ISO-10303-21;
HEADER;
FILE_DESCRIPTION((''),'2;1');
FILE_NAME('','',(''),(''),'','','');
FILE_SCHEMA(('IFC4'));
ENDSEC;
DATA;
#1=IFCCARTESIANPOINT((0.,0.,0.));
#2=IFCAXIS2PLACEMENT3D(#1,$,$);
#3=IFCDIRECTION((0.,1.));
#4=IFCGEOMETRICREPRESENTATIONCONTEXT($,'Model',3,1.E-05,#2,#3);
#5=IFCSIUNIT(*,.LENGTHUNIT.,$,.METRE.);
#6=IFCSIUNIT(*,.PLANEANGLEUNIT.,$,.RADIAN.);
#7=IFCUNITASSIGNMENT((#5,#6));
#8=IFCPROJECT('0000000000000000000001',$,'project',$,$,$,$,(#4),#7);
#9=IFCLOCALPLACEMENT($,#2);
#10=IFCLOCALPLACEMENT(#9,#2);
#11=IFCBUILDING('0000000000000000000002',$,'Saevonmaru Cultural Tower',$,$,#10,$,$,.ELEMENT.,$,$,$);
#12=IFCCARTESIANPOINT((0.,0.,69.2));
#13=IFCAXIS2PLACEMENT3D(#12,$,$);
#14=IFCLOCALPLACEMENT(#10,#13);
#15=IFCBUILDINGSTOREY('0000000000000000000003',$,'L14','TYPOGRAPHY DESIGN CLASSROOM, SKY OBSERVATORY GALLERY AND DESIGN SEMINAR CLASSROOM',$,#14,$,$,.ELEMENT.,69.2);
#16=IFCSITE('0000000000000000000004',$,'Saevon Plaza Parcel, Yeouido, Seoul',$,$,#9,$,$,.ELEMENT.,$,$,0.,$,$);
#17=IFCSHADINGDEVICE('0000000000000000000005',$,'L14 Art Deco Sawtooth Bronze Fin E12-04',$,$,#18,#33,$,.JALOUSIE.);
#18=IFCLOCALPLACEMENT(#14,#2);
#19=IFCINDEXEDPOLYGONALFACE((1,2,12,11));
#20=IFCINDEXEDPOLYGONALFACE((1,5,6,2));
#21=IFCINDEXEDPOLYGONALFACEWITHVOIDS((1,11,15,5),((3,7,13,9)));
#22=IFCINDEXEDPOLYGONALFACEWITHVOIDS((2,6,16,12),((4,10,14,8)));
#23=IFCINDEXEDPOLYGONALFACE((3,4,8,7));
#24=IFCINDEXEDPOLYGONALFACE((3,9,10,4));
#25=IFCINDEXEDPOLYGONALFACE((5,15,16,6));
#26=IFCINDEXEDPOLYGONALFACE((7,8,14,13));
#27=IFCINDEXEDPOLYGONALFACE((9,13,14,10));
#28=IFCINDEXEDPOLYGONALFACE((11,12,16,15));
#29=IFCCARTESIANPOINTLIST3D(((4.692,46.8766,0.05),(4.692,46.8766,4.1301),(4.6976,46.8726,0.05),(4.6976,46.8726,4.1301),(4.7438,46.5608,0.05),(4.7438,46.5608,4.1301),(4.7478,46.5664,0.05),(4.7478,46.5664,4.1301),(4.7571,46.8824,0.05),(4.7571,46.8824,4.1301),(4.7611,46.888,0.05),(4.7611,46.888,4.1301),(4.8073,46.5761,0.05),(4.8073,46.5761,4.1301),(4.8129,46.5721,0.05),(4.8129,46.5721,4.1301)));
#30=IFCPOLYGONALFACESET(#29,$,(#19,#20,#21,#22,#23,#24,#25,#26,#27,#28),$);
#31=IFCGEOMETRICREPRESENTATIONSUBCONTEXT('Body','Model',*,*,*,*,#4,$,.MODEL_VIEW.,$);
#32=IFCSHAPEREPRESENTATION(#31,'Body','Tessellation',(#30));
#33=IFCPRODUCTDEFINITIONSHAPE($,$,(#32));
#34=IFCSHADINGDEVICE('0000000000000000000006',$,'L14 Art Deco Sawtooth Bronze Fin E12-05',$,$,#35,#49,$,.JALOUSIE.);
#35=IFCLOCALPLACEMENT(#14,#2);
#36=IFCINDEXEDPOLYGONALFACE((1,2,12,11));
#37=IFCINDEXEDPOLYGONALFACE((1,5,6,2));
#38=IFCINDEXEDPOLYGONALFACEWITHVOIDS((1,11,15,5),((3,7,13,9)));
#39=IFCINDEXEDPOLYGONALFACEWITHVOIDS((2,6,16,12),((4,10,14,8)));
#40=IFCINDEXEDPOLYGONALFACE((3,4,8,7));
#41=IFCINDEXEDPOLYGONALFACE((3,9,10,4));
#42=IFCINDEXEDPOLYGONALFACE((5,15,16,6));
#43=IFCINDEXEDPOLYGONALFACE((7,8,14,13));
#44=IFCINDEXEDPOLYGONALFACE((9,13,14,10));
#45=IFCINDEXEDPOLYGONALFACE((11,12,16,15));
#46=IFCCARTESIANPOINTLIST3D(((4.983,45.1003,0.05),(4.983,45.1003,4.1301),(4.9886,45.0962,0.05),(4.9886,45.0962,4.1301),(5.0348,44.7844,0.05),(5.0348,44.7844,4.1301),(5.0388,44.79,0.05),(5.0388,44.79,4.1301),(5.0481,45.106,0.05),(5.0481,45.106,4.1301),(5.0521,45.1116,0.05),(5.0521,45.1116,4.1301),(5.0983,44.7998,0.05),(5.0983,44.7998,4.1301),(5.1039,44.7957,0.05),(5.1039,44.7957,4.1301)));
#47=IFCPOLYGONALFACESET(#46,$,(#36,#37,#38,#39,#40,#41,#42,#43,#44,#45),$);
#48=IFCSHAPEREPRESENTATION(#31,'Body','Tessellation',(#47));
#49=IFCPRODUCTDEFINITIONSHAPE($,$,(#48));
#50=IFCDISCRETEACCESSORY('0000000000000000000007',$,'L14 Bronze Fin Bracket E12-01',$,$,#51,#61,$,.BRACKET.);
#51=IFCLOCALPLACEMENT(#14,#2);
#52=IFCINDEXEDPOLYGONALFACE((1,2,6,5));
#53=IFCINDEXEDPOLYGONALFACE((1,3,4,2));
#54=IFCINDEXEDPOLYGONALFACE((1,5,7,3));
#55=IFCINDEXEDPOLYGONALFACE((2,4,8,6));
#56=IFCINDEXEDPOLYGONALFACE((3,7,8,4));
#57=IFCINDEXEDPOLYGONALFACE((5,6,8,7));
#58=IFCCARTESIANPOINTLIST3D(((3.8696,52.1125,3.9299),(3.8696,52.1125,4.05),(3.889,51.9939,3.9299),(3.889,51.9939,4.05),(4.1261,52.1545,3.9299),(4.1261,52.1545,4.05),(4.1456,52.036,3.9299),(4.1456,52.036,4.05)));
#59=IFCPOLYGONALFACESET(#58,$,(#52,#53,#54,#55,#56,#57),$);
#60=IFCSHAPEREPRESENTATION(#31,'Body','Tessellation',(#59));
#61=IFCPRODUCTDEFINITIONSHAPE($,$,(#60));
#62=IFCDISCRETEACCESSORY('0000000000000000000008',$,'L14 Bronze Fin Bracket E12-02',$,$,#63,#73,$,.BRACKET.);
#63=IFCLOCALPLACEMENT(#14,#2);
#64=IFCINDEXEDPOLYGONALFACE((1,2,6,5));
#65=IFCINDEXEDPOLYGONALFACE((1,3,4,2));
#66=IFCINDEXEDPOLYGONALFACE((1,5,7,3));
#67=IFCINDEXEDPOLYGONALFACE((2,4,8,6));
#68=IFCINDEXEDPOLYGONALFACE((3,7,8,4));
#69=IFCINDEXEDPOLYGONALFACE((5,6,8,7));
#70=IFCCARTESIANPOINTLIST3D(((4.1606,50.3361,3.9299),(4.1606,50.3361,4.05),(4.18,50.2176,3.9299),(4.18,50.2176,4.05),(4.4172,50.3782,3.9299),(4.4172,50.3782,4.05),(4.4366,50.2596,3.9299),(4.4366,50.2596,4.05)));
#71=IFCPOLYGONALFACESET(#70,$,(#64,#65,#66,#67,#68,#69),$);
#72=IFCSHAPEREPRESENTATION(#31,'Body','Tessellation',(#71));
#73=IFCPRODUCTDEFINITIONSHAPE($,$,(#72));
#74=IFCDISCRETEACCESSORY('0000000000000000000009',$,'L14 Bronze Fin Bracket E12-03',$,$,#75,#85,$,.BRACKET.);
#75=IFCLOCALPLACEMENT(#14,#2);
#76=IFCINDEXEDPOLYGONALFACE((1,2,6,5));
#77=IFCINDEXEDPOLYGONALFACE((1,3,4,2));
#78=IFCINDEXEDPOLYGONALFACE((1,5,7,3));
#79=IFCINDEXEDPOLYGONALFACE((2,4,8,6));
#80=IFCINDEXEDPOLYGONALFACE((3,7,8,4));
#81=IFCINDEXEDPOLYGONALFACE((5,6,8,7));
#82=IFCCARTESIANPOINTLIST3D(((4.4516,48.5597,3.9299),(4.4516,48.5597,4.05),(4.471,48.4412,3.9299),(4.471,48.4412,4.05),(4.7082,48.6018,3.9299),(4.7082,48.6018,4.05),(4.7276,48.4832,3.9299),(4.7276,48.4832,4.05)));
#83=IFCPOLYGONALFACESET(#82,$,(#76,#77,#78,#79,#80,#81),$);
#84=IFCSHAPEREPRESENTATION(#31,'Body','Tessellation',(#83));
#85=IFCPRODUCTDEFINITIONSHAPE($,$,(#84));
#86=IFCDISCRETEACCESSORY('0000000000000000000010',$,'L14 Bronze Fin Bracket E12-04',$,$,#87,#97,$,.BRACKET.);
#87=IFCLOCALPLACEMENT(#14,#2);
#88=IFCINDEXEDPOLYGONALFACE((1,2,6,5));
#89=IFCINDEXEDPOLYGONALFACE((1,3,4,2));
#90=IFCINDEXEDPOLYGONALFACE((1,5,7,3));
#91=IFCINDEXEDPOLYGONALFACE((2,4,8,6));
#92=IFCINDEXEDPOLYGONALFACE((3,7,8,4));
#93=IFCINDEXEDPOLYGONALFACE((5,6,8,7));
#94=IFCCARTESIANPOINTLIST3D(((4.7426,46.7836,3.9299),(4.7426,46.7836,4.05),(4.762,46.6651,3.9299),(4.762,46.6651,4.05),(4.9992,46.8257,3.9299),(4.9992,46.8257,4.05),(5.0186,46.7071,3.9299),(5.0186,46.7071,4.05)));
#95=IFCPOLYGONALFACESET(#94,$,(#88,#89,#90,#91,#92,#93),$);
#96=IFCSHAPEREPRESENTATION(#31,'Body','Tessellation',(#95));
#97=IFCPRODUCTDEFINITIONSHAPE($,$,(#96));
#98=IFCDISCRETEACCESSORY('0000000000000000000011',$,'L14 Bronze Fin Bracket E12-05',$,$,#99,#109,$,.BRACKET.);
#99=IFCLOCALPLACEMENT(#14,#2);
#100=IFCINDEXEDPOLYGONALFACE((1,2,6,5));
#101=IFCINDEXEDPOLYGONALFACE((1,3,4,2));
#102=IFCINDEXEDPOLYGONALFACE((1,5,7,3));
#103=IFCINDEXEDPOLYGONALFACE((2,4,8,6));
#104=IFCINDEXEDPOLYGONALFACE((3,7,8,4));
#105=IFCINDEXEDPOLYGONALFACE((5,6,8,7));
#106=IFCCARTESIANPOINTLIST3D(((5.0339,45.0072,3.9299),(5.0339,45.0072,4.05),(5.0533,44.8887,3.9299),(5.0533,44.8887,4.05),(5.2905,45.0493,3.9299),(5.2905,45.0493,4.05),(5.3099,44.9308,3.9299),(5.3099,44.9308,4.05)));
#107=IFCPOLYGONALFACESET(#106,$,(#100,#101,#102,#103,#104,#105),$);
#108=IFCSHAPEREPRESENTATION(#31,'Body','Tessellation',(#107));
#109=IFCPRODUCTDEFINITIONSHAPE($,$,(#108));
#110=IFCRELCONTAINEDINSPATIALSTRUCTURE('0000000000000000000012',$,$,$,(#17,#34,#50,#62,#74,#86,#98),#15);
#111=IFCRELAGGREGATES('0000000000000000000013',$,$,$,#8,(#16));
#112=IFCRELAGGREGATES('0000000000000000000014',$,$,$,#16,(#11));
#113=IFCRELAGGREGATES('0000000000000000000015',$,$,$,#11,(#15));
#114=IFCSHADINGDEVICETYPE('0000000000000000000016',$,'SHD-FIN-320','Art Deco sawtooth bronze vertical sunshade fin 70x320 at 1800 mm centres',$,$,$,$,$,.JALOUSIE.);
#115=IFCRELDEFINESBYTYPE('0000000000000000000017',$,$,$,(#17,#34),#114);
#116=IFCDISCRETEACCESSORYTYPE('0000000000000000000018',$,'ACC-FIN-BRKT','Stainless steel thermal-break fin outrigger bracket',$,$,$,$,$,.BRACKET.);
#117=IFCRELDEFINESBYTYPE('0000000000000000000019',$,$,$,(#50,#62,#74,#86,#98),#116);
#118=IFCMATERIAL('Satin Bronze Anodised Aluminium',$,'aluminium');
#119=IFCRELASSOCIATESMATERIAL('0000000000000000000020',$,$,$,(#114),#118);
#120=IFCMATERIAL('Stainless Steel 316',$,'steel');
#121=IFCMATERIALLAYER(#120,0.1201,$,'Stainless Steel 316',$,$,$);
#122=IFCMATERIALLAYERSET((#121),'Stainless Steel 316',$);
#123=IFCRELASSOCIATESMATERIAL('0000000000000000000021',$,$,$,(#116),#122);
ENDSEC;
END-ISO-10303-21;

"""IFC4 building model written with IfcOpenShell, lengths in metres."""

from ifc_helpers import new_model, si_unit, direction, frame, origin, origin_2d, place, context, subcontext, project, spatial, rectangle, hollow_rectangle, extrude, material, layer, layer_set, material_profile, profile_set, type_object, element, save


model = new_model("IFC4")

# Units and contexts
model_context = context("Model", 3, precision=1e-05, world=origin(), true_north=direction((0.0, 1.0)))
body_context = subcontext(model_context, "Body", "Model", "MODEL_VIEW")
ifc_project = project(units=[si_unit("LENGTHUNIT", "METRE"), si_unit("PLANEANGLEUNIT", "RADIAN")], contexts=[model_context])

# Site, building, storey
site_placement = place(None, origin())
site = spatial("IfcSite", under=ifc_project, at=site_placement, Name="Saevon Plaza Parcel, Yeouido, Seoul", CompositionType="ELEMENT", RefElevation=0.0)
building_placement = place(site_placement, origin())
building = spatial("IfcBuilding", under=site, at=building_placement, Name="Saevonmaru Cultural Tower", CompositionType="ELEMENT")
storey_placement = place(building_placement, frame((0.0, 0.0, 69.2)))
storey = spatial("IfcBuildingStorey", under=building, at=storey_placement, Name="L14", Description="TYPOGRAPHY DESIGN CLASSROOM, SKY OBSERVATORY GALLERY AND DESIGN SEMINAR CLASSROOM", CompositionType="ELEMENT", Elevation=69.2)

# Shared definitions
ifc_material_1 = material(Name="Satin Bronze Anodised Aluminium", Category="aluminium")

# Shading devices
ifc_material_profile_1 = material_profile(ifc_material_1, hollow_rectangle(XDim=0.0701, YDim=0.3201, WallThickness=0.0049, at=origin_2d()), Name="FIN-320x70")
ifc_profile_set_1 = profile_set([ifc_material_profile_1], Name="Satin Bronze Anodised Aluminium")
shading_device_type = type_object("IfcShadingDeviceType", Name="SHD-FIN-320", Description="Art Deco sawtooth bronze vertical sunshade fin 70x320 at 1800 mm centres", PredefinedType="JALOUSIE", material=ifc_profile_set_1)
for number, where, z_axis, x_axis, name in (
    (1, (4.7524, 46.7244, 0.05), (0.0, 0.0, 1.0), (-0.986827, -0.161776, 0.0), "L14 Art Deco Sawtooth Bronze Fin E12-04"),
    (2, (5.0435, 44.948, 0.05), (0.0, 0.0, 1.0), (-0.986827, -0.161776, 0.0), "L14 Art Deco Sawtooth Bronze Fin E12-05"),
):
    element("IfcShadingDevice", number, at=place(storey_placement, frame(where, z_axis=z_axis, x_axis=x_axis)), inside=storey, type_object=shading_device_type, Name=name, PredefinedType="JALOUSIE", context=body_context, shape_type="SweptSolid", body=[
        extrude(hollow_rectangle(XDim=0.0701, YDim=0.3201, WallThickness=0.0049, at=origin_2d()), origin(), (0.0, 0.0, 1.0), 4.0801),
    ])

# Discrete accessories
ifc_material_2 = material(Name="Stainless Steel 316", Category="steel")
ifc_layer_1 = layer(ifc_material_2, 0.1201, Name="Stainless Steel 316")
ifc_layer_set_1 = layer_set([ifc_layer_1], Name="Stainless Steel 316")
discrete_accessory_type = type_object("IfcDiscreteAccessoryType", Name="ACC-FIN-BRKT", Description="Stainless steel thermal-break fin outrigger bracket", PredefinedType="BRACKET", material=ifc_layer_set_1)
for number, where, z_axis, x_axis, name in (
    (3, (4.0076, 52.0742, 3.9299), (0.0, 0.0, 1.0), (-0.986827, -0.161776, 0.0), "L14 Bronze Fin Bracket E12-01"),
    (4, (4.2986, 50.2979, 3.9299), (0.0, 0.0, 1.0), (-0.986827, -0.161776, 0.0), "L14 Bronze Fin Bracket E12-02"),
    (5, (4.5896, 48.5215, 3.9299), (0.0, 0.0, 1.0), (-0.986827, -0.161776, 0.0), "L14 Bronze Fin Bracket E12-03"),
    (6, (4.8806, 46.7454, 3.9299), (0.0, 0.0, 1.0), (-0.986827, -0.161776, 0.0), "L14 Bronze Fin Bracket E12-04"),
    (7, (5.1719, 44.969, 3.9299), (0.0, 0.0, 1.0), (-0.986827, -0.161776, 0.0), "L14 Bronze Fin Bracket E12-05"),
):
    element("IfcDiscreteAccessory", number, at=place(storey_placement, frame(where, z_axis=z_axis, x_axis=x_axis)), inside=storey, type_object=discrete_accessory_type, Name=name, PredefinedType="BRACKET", context=body_context, shape_type="SweptSolid", body=[
        extrude(rectangle(XDim=0.26, YDim=0.1201, at=origin_2d()), origin(), (0.0, 0.0, 1.0), 0.1201),
    ])

save(model, "model.ifc")
